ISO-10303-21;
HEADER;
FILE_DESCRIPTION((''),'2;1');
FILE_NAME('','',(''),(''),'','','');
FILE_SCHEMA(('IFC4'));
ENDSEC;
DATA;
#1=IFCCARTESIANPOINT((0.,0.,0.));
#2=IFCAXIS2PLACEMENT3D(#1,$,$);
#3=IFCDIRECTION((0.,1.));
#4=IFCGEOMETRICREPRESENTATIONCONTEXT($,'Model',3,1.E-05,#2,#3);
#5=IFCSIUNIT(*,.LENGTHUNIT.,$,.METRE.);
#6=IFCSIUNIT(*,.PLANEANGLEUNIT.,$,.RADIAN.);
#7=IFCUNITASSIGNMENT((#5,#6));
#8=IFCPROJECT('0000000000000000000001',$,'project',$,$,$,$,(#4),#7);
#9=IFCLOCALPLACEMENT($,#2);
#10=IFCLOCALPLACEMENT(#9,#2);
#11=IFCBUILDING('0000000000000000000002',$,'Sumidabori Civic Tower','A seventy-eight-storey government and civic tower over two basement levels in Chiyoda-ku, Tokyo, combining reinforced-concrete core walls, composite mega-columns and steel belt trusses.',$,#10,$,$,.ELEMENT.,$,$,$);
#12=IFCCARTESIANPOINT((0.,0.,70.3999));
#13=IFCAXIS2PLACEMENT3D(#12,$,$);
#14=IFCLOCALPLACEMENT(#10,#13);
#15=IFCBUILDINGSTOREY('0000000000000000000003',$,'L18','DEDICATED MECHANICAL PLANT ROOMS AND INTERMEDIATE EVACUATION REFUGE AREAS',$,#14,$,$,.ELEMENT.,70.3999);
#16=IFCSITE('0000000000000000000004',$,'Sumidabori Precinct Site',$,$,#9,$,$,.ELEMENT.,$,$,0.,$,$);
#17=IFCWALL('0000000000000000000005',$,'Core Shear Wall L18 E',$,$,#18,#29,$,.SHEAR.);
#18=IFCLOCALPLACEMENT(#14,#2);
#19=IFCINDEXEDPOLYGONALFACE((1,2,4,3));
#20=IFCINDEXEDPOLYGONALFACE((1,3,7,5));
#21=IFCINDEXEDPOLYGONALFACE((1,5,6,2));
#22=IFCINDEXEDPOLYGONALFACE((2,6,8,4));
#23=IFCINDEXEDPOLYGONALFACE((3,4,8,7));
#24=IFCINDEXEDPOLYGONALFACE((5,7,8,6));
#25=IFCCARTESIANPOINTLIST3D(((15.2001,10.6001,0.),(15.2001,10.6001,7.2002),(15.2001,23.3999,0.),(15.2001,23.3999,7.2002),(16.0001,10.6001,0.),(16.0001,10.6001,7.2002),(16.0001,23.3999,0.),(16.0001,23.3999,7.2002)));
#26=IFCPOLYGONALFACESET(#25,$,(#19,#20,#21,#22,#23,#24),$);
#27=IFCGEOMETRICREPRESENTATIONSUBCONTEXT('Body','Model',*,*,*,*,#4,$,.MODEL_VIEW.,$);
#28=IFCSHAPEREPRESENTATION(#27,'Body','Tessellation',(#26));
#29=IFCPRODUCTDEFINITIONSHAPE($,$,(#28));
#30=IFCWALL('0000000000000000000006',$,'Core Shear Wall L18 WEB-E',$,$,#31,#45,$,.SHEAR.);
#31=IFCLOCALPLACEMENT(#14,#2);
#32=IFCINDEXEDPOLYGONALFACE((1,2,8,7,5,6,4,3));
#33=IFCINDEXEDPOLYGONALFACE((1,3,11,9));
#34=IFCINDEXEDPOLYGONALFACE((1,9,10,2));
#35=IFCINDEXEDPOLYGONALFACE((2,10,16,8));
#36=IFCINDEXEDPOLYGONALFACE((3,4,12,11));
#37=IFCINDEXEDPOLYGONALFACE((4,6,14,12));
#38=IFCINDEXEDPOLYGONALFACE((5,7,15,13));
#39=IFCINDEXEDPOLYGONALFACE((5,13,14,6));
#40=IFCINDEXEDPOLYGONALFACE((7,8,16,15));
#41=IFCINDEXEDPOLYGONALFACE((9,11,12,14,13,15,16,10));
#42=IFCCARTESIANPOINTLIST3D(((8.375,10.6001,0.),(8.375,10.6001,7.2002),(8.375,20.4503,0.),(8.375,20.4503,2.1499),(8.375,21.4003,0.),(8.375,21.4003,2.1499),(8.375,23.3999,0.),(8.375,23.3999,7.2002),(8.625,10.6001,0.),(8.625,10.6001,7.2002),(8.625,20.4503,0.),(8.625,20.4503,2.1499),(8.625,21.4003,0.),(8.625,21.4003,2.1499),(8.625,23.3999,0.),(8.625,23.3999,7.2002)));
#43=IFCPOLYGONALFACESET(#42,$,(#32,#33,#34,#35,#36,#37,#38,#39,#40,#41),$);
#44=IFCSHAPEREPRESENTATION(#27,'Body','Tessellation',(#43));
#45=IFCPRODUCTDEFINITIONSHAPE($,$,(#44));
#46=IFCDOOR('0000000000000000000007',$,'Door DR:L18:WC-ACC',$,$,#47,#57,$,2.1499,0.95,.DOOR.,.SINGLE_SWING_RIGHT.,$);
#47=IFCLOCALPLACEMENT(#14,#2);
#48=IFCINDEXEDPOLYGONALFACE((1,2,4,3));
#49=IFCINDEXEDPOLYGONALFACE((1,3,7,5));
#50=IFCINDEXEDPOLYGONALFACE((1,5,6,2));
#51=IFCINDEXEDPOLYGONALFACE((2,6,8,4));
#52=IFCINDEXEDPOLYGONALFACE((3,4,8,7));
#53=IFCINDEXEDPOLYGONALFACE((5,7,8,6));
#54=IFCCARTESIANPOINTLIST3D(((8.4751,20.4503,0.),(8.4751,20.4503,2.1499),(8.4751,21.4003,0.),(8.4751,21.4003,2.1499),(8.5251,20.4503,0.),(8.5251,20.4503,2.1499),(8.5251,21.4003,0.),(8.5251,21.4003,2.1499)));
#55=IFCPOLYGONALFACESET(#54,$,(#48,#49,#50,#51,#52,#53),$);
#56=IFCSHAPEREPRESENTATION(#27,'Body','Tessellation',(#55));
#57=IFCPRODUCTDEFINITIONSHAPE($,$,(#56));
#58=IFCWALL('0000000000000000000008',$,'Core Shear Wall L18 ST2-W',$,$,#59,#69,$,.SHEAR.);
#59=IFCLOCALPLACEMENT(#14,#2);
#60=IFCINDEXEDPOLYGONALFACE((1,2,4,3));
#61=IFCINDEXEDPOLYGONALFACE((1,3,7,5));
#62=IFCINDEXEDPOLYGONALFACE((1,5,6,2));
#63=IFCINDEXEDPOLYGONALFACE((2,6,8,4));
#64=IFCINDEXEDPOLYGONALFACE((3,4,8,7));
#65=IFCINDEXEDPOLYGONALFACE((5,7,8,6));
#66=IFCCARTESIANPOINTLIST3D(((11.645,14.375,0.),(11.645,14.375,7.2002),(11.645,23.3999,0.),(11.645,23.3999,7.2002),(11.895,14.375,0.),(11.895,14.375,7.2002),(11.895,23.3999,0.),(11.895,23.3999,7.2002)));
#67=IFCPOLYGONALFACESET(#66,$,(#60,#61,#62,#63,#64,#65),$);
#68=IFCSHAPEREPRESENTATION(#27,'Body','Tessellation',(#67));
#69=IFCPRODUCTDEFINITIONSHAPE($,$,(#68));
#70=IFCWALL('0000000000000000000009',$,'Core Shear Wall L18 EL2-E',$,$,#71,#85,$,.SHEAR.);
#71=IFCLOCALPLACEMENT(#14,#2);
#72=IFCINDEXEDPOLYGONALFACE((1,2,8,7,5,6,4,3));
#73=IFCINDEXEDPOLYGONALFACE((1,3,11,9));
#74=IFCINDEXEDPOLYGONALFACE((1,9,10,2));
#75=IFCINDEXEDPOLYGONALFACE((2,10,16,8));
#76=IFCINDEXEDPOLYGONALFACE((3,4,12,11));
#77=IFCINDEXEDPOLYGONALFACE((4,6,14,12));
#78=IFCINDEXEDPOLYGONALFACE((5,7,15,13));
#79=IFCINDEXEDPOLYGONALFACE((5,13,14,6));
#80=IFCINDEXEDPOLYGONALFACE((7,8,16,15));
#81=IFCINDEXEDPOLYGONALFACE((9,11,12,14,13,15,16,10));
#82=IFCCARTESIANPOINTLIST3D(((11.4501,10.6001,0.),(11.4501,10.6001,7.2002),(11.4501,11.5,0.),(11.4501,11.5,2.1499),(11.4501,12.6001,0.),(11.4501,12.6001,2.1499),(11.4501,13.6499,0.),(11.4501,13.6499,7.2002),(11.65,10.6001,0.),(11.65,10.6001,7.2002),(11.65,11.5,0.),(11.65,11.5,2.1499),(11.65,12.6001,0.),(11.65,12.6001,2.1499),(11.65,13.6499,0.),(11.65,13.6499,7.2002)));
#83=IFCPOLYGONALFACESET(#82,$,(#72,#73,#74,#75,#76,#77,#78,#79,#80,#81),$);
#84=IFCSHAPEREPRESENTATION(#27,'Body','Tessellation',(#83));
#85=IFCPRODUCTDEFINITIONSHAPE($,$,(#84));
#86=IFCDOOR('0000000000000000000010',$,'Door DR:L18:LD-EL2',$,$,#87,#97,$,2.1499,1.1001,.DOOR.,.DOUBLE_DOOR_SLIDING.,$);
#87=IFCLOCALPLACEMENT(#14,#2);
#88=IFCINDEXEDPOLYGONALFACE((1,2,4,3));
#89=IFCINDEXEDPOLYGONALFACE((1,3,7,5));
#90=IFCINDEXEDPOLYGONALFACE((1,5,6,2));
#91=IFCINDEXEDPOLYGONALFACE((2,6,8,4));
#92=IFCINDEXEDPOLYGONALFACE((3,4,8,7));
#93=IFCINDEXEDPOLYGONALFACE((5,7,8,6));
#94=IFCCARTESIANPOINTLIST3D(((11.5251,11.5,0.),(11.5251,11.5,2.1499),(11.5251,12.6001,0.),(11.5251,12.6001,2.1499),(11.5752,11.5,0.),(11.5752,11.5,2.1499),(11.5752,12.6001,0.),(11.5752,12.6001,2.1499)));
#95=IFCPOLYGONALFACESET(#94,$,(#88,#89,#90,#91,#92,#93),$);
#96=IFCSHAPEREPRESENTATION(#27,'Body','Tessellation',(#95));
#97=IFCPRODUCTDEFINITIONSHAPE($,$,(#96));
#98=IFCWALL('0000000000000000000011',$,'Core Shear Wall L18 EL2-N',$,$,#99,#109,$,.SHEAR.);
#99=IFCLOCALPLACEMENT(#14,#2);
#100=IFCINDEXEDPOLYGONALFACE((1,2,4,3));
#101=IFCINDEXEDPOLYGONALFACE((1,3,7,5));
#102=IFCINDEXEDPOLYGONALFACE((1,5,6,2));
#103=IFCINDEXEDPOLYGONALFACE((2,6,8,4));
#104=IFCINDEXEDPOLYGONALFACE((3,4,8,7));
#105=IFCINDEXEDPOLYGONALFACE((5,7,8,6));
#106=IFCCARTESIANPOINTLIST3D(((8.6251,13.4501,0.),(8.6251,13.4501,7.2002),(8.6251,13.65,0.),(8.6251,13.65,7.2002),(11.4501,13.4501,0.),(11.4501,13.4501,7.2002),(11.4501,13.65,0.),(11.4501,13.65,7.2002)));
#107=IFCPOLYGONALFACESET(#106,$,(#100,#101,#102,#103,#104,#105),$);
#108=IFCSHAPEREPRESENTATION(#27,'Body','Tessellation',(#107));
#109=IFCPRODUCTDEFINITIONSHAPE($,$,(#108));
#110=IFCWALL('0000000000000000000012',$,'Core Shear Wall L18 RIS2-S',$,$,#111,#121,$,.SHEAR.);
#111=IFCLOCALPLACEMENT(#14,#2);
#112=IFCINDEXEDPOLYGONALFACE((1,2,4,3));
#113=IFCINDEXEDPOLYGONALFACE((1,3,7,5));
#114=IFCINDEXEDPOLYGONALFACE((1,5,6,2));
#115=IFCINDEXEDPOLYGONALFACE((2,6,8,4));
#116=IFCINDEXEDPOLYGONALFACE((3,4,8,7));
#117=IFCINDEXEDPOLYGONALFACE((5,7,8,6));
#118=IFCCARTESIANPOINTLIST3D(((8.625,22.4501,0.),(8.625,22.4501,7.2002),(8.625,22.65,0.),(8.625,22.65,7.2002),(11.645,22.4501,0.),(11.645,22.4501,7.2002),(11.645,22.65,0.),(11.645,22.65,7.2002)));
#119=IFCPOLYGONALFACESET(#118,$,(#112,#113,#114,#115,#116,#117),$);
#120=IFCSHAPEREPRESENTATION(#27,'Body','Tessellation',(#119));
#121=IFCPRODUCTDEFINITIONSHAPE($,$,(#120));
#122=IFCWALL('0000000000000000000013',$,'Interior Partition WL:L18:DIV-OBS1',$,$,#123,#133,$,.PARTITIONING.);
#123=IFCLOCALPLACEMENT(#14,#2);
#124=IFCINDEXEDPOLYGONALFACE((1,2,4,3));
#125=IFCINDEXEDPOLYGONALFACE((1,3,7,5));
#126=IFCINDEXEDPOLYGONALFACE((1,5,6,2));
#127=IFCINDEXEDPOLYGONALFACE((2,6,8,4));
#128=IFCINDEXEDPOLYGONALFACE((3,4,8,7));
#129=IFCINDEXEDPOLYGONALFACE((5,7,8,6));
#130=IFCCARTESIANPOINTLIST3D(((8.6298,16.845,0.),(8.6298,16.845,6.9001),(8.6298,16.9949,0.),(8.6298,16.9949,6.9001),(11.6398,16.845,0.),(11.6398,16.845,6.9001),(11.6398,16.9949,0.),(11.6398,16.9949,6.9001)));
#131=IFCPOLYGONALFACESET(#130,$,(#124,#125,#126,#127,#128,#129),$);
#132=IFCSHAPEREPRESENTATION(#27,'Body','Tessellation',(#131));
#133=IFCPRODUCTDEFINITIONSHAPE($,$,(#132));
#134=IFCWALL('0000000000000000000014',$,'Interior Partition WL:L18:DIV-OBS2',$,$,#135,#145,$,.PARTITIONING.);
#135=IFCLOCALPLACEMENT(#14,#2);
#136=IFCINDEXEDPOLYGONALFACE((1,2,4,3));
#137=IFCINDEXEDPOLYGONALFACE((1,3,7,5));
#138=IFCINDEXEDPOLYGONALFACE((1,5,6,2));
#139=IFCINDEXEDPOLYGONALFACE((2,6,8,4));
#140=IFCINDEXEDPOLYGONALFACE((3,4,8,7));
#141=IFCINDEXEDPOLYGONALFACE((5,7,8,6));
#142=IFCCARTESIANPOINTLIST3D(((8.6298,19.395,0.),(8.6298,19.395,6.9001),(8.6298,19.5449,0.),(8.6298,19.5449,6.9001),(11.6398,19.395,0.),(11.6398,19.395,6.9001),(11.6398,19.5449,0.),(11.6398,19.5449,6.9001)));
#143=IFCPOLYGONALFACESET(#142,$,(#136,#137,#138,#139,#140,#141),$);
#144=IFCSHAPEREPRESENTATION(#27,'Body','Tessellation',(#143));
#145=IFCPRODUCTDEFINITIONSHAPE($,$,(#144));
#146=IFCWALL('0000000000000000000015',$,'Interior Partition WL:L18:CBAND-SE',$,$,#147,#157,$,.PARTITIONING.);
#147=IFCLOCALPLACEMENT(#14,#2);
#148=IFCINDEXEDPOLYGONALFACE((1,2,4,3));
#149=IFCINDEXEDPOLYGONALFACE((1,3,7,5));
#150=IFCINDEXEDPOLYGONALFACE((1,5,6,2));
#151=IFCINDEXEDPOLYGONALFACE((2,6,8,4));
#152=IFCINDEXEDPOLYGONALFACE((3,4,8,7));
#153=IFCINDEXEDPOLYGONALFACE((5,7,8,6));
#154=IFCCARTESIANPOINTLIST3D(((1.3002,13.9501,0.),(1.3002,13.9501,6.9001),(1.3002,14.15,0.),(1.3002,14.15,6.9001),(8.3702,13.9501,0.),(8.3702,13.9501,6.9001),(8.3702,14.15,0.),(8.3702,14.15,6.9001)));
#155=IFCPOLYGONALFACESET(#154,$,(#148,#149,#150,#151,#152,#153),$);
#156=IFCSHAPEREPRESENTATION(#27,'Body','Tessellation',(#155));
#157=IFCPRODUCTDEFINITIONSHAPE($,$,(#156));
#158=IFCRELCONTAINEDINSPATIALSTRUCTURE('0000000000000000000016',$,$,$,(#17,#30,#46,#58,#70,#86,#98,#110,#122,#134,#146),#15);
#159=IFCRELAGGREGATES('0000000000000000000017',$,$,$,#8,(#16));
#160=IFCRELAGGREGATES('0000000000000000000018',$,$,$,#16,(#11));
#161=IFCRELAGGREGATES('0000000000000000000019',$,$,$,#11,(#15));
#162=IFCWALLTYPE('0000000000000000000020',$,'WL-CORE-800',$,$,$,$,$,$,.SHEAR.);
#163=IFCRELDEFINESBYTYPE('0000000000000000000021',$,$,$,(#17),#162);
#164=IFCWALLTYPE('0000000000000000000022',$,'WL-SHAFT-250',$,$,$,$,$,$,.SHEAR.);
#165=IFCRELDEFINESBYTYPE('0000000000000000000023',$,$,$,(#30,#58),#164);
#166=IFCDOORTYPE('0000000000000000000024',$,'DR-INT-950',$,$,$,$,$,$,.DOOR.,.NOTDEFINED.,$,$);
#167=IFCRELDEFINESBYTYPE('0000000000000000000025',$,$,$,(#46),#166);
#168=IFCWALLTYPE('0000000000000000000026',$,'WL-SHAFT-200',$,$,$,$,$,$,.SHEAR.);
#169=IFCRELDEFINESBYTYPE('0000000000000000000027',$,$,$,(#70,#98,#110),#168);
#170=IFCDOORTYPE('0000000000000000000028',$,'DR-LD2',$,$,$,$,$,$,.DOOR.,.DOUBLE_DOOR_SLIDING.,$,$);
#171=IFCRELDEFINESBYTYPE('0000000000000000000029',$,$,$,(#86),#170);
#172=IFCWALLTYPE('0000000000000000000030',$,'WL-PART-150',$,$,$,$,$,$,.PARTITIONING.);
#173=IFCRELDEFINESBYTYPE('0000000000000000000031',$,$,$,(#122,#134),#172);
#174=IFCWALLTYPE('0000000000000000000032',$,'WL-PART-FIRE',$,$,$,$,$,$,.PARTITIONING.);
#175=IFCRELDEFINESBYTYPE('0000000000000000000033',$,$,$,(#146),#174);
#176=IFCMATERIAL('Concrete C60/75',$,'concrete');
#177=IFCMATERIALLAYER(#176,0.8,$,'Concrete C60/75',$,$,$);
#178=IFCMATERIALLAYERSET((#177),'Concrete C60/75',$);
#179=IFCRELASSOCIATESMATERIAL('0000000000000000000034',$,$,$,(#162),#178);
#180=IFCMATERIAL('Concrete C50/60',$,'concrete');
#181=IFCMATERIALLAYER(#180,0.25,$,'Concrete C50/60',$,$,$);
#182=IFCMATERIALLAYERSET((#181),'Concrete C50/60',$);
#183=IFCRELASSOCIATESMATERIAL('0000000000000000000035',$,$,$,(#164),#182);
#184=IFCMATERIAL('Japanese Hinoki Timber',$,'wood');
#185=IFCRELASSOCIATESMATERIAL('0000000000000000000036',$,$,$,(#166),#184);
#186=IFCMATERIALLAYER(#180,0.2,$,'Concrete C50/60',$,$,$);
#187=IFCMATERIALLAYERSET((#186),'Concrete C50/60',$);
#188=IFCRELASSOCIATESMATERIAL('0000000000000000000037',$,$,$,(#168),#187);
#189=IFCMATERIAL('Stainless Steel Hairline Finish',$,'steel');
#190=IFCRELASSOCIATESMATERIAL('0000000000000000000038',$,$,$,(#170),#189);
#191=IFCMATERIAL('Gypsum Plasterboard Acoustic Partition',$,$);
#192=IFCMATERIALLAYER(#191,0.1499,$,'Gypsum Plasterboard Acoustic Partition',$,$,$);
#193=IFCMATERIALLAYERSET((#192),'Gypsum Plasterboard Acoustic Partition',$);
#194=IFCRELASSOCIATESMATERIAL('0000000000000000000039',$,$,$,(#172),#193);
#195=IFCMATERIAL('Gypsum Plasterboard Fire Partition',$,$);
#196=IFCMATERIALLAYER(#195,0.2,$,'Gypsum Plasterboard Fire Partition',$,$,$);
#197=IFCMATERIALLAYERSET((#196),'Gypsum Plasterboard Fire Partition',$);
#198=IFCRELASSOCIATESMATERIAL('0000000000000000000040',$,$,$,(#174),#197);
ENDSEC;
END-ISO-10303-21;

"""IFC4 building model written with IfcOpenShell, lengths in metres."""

from ifc_helpers import new_model, si_unit, direction, frame, frame_2d, origin, place, context, subcontext, project, spatial, rectangle, extrude, source, transform, mapped, material, layer, layer_set, type_object, element, fill, save


model = new_model("IFC4")

# Units and contexts
model_context = context("Model", 3, precision=1e-05, world=origin(), true_north=direction((0.0, 1.0)))
body_context = subcontext(model_context, "Body", "Model", "MODEL_VIEW")
ifc_project = project(units=[si_unit("LENGTHUNIT", "METRE"), si_unit("PLANEANGLEUNIT", "RADIAN")], contexts=[model_context])

# Site, building, storey
site_placement = place(None, origin())
site = spatial("IfcSite", under=ifc_project, at=site_placement, Name="Sumidabori Precinct Site", CompositionType="ELEMENT", RefElevation=0.0)
building_placement = place(site_placement, origin())
building = spatial("IfcBuilding", under=site, at=building_placement, Name="Sumidabori Civic Tower", Description="A seventy-eight-storey government and civic tower over two basement levels in Chiyoda-ku, Tokyo, combining reinforced-concrete core walls, composite mega-columns and steel belt trusses.", CompositionType="ELEMENT")
storey_placement = place(building_placement, frame((0.0, 0.0, 70.3999)))
storey = spatial("IfcBuildingStorey", under=building, at=storey_placement, Name="L18", Description="DEDICATED MECHANICAL PLANT ROOMS AND INTERMEDIATE EVACUATION REFUGE AREAS", CompositionType="ELEMENT", Elevation=70.3999)

# Wall
ifc_material_1 = material(Name="Concrete C60/75", Category="concrete")
ifc_layer_1 = layer(ifc_material_1, 0.8, Name="Concrete C60/75")
ifc_layer_set_1 = layer_set([ifc_layer_1], Name="Concrete C60/75")
wall_type_1 = type_object("IfcWallType", Name="WL-CORE-800", PredefinedType="SHEAR", material=ifc_layer_set_1)
shared_shape_1 = source(origin(), body_context, "Body", "SweptSolid", [
    extrude(rectangle(XDim=12.7998, YDim=0.8, at=frame_2d((6.3999, 0.0))), origin(), (0.0, 0.0, 1.0), 7.2002),
])
wall_1_placement = place(storey_placement, frame((15.6001, 10.6001, 0.0), z_axis=(0.0, 0.0, 1.0), x_axis=(0.0, 1.0, 0.0)))
element("IfcWall", 1, at=wall_1_placement, inside=storey, type_object=wall_type_1, Name="Core Shear Wall L18 E", PredefinedType="SHEAR", context=body_context, shape_type="MappedRepresentation", body=[
    mapped(shared_shape_1, transform((0.0, 0.0, 0.0), x_axis=(1.0, 0.0, 0.0), y_axis=(0.0, 1.0, 0.0), z_axis=(0.0, 0.0, 1.0), scale=1.0)),
])

# Wall, opening, door
ifc_material_2 = material(Name="Concrete C50/60", Category="concrete")
ifc_layer_2 = layer(ifc_material_2, 0.25, Name="Concrete C50/60")
ifc_layer_set_2 = layer_set([ifc_layer_2], Name="Concrete C50/60")
wall_type_2 = type_object("IfcWallType", Name="WL-SHAFT-250", PredefinedType="SHEAR", material=ifc_layer_set_2)
shared_shape_2 = source(origin(), body_context, "Body", "SweptSolid", [
    extrude(rectangle(XDim=12.7998, YDim=0.25, at=frame_2d((6.3999, 0.0))), origin(), (0.0, 0.0, 1.0), 7.2002),
])
wall_2_placement = place(storey_placement, frame((8.5, 10.6001, 0.0), z_axis=(0.0, 0.0, 1.0), x_axis=(0.0, 1.0, 0.0)))
wall_2 = element("IfcWall", 2, at=wall_2_placement, inside=storey, type_object=wall_type_2, Name="Core Shear Wall L18 WEB-E", PredefinedType="SHEAR", context=body_context, shape_type="MappedRepresentation", body=[
    mapped(shared_shape_2, transform((0.0, 0.0, 0.0), x_axis=(1.0, 0.0, 0.0), y_axis=(0.0, 1.0, 0.0), z_axis=(0.0, 0.0, 1.0), scale=1.0)),
])
opening_1_placement = place(wall_2_placement, frame((9.8501, 0.0, 0.0)))
opening_1 = element("IfcOpeningElement", 3, at=opening_1_placement, cuts=wall_2, PredefinedType="OPENING", context=body_context, shape_type="SweptSolid", body=[
    extrude(rectangle(XDim=0.95, YDim=2.1499, at=frame_2d((0.4751, 1.075))), frame((0.0, 0.137, 0.0), z_axis=(0.0, -1.0, 0.0), x_axis=(1.0, 0.0, 0.0)), (0.0, 0.0, 1.0), 0.2739),
])
ifc_material_3 = material(Name="Japanese Hinoki Timber", Category="wood")
door_type_1 = type_object("IfcDoorType", Name="DR-INT-950", OperationType="NOTDEFINED", PredefinedType="DOOR", material=ifc_material_3)
shared_shape_3 = source(origin(), body_context, "Body", "SweptSolid", [
    extrude(rectangle(XDim=0.95, YDim=2.1499, at=frame_2d((0.4751, 1.075))), frame((0.0, 0.0249, 0.0), z_axis=(0.0, -1.0, 0.0), x_axis=(1.0, 0.0, 0.0)), (0.0, 0.0, 1.0), 0.05),
])
door_1_placement = place(opening_1_placement, origin())
door_1 = element("IfcDoor", 4, at=door_1_placement, inside=storey, type_object=door_type_1, Name="Door DR:L18:WC-ACC", OperationType="SINGLE_SWING_RIGHT", OverallHeight=2.1499, OverallWidth=0.95, PredefinedType="DOOR", context=body_context, shape_type="MappedRepresentation", body=[
    mapped(shared_shape_3, transform((0.0, 0.0, 0.0), x_axis=(1.0, 0.0, 0.0), y_axis=(0.0, 1.0, 0.0), z_axis=(0.0, 0.0, 1.0), scale=1.0)),
])
fill(opening_1, door_1)

# Wall
shared_shape_4 = source(origin(), body_context, "Body", "SweptSolid", [
    extrude(rectangle(XDim=9.0249, YDim=0.25, at=frame_2d((4.5125, 0.0))), origin(), (0.0, 0.0, 1.0), 7.2002),
])
wall_3_placement = place(storey_placement, frame((11.77, 14.375, 0.0), z_axis=(0.0, 0.0, 1.0), x_axis=(0.0, 1.0, 0.0)))
element("IfcWall", 5, at=wall_3_placement, inside=storey, type_object=wall_type_2, Name="Core Shear Wall L18 ST2-W", PredefinedType="SHEAR", context=body_context, shape_type="MappedRepresentation", body=[
    mapped(shared_shape_4, transform((0.0, 0.0, 0.0), x_axis=(1.0, 0.0, 0.0), y_axis=(0.0, 1.0, 0.0), z_axis=(0.0, 0.0, 1.0), scale=1.0)),
])

# Wall, opening, door
ifc_layer_3 = layer(ifc_material_2, 0.2, Name="Concrete C50/60")
ifc_layer_set_3 = layer_set([ifc_layer_3], Name="Concrete C50/60")
wall_type_3 = type_object("IfcWallType", Name="WL-SHAFT-200", PredefinedType="SHEAR", material=ifc_layer_set_3)
shared_shape_5 = source(origin(), body_context, "Body", "SweptSolid", [
    extrude(rectangle(XDim=3.0498, YDim=0.2, at=frame_2d((1.5249, 0.0))), origin(), (0.0, 0.0, 1.0), 7.2002),
])
wall_4_placement = place(storey_placement, frame((11.55, 10.6001, 0.0), z_axis=(0.0, 0.0, 1.0), x_axis=(0.0, 1.0, 0.0)))
wall_4 = element("IfcWall", 6, at=wall_4_placement, inside=storey, type_object=wall_type_3, Name="Core Shear Wall L18 EL2-E", PredefinedType="SHEAR", context=body_context, shape_type="MappedRepresentation", body=[
    mapped(shared_shape_5, transform((0.0, 0.0, 0.0), x_axis=(1.0, 0.0, 0.0), y_axis=(0.0, 1.0, 0.0), z_axis=(0.0, 0.0, 1.0), scale=1.0)),
])
opening_2_placement = place(wall_4_placement, frame((0.8999, 0.0, 0.0)))
opening_2 = element("IfcOpeningElement", 7, at=opening_2_placement, cuts=wall_4, PredefinedType="OPENING", context=body_context, shape_type="SweptSolid", body=[
    extrude(rectangle(XDim=1.1001, YDim=2.1499, at=frame_2d((0.55, 1.075))), frame((0.0, 0.1118, 0.0), z_axis=(0.0, -1.0, 0.0), x_axis=(1.0, 0.0, 0.0)), (0.0, 0.0, 1.0), 0.2239),
])
ifc_material_4 = material(Name="Stainless Steel Hairline Finish", Category="steel")
door_type_2 = type_object("IfcDoorType", Name="DR-LD2", OperationType="DOUBLE_DOOR_SLIDING", PredefinedType="DOOR", material=ifc_material_4)
shared_shape_6 = source(origin(), body_context, "Body", "SweptSolid", [
    extrude(rectangle(XDim=1.1001, YDim=2.1499, at=frame_2d((0.55, 1.075))), frame((0.0, 0.0249, 0.0), z_axis=(0.0, -1.0, 0.0), x_axis=(1.0, 0.0, 0.0)), (0.0, 0.0, 1.0), 0.05),
])
door_2_placement = place(opening_2_placement, origin())
door_2 = element("IfcDoor", 8, at=door_2_placement, inside=storey, type_object=door_type_2, Name="Door DR:L18:LD-EL2", OperationType="DOUBLE_DOOR_SLIDING", OverallHeight=2.1499, OverallWidth=1.1001, PredefinedType="DOOR", context=body_context, shape_type="MappedRepresentation", body=[
    mapped(shared_shape_6, transform((0.0, 0.0, 0.0), x_axis=(1.0, 0.0, 0.0), y_axis=(0.0, 1.0, 0.0), z_axis=(0.0, 0.0, 1.0), scale=1.0)),
])
fill(opening_2, door_2)

# Walls
shared_shape_7 = source(origin(), body_context, "Body", "SweptSolid", [
    extrude(rectangle(XDim=2.825, YDim=0.2, at=frame_2d((1.4126, 0.0))), origin(), (0.0, 0.0, 1.0), 7.2002),
])
wall_5_placement = place(storey_placement, frame((8.625, 13.55, 0.0), z_axis=(0.0, 0.0, 1.0), x_axis=(1.0, 0.0, 0.0)))
element("IfcWall", 9, at=wall_5_placement, inside=storey, type_object=wall_type_3, Name="Core Shear Wall L18 EL2-N", PredefinedType="SHEAR", context=body_context, shape_type="MappedRepresentation", body=[
    mapped(shared_shape_7, transform((0.0, 0.0, 0.0), x_axis=(1.0, 0.0, 0.0), y_axis=(0.0, 1.0, 0.0), z_axis=(0.0, 0.0, 1.0), scale=1.0)),
])
shared_shape_8 = source(origin(), body_context, "Body", "SweptSolid", [
    extrude(rectangle(XDim=3.02, YDim=0.2, at=frame_2d((1.51, 0.0))), origin(), (0.0, 0.0, 1.0), 7.2002),
])
wall_6_placement = place(storey_placement, frame((8.625, 22.55, 0.0), z_axis=(0.0, 0.0, 1.0), x_axis=(1.0, 0.0, 0.0)))
element("IfcWall", 10, at=wall_6_placement, inside=storey, type_object=wall_type_3, Name="Core Shear Wall L18 RIS2-S", PredefinedType="SHEAR", context=body_context, shape_type="MappedRepresentation", body=[
    mapped(shared_shape_8, transform((0.0, 0.0, 0.0), x_axis=(1.0, 0.0, 0.0), y_axis=(0.0, 1.0, 0.0), z_axis=(0.0, 0.0, 1.0), scale=1.0)),
])
ifc_material_5 = material(Name="Gypsum Plasterboard Acoustic Partition")
ifc_layer_4 = layer(ifc_material_5, 0.1499, Name="Gypsum Plasterboard Acoustic Partition")
ifc_layer_set_4 = layer_set([ifc_layer_4], Name="Gypsum Plasterboard Acoustic Partition")
wall_type_4 = type_object("IfcWallType", Name="WL-PART-150", PredefinedType="PARTITIONING", material=ifc_layer_set_4)
shared_shape_9 = source(origin(), body_context, "Body", "SweptSolid", [
    extrude(rectangle(XDim=3.01, YDim=0.1499, at=frame_2d((1.5049, 0.0))), origin(), (0.0, 0.0, 1.0), 6.9001),
])
for number, where, z_axis, x_axis, name in (
    (11, (8.6299, 16.9199, 0.0), (0.0, 0.0, 1.0), (1.0, 0.0, 0.0), "Interior Partition WL:L18:DIV-OBS1"),
    (12, (8.6299, 19.47, 0.0), (0.0, 0.0, 1.0), (1.0, 0.0, 0.0), "Interior Partition WL:L18:DIV-OBS2"),
):
    element("IfcWall", number, at=place(storey_placement, frame(where, z_axis=z_axis, x_axis=x_axis)), inside=storey, type_object=wall_type_4, Name=name, PredefinedType="PARTITIONING", context=body_context, shape_type="MappedRepresentation", body=[
        mapped(shared_shape_9, transform((0.0, 0.0, 0.0), x_axis=(1.0, 0.0, 0.0), y_axis=(0.0, 1.0, 0.0), z_axis=(0.0, 0.0, 1.0), scale=1.0)),
    ])
ifc_material_6 = material(Name="Gypsum Plasterboard Fire Partition")
ifc_layer_5 = layer(ifc_material_6, 0.2, Name="Gypsum Plasterboard Fire Partition")
ifc_layer_set_5 = layer_set([ifc_layer_5], Name="Gypsum Plasterboard Fire Partition")
wall_type_5 = type_object("IfcWallType", Name="WL-PART-FIRE", PredefinedType="PARTITIONING", material=ifc_layer_set_5)
shared_shape_10 = source(origin(), body_context, "Body", "SweptSolid", [
    extrude(rectangle(XDim=7.0701, YDim=0.2, at=frame_2d((3.5352, 0.0))), origin(), (0.0, 0.0, 1.0), 6.9001),
])
wall_7_placement = place(storey_placement, frame((1.3, 14.05, 0.0), z_axis=(0.0, 0.0, 1.0), x_axis=(1.0, 0.0, 0.0)))
element("IfcWall", 13, at=wall_7_placement, inside=storey, type_object=wall_type_5, Name="Interior Partition WL:L18:CBAND-SE", PredefinedType="PARTITIONING", context=body_context, shape_type="MappedRepresentation", body=[
    mapped(shared_shape_10, transform((0.0, 0.0, 0.0), x_axis=(1.0, 0.0, 0.0), y_axis=(0.0, 1.0, 0.0), z_axis=(0.0, 0.0, 1.0), scale=1.0)),
])

save(model, "model.ifc")
